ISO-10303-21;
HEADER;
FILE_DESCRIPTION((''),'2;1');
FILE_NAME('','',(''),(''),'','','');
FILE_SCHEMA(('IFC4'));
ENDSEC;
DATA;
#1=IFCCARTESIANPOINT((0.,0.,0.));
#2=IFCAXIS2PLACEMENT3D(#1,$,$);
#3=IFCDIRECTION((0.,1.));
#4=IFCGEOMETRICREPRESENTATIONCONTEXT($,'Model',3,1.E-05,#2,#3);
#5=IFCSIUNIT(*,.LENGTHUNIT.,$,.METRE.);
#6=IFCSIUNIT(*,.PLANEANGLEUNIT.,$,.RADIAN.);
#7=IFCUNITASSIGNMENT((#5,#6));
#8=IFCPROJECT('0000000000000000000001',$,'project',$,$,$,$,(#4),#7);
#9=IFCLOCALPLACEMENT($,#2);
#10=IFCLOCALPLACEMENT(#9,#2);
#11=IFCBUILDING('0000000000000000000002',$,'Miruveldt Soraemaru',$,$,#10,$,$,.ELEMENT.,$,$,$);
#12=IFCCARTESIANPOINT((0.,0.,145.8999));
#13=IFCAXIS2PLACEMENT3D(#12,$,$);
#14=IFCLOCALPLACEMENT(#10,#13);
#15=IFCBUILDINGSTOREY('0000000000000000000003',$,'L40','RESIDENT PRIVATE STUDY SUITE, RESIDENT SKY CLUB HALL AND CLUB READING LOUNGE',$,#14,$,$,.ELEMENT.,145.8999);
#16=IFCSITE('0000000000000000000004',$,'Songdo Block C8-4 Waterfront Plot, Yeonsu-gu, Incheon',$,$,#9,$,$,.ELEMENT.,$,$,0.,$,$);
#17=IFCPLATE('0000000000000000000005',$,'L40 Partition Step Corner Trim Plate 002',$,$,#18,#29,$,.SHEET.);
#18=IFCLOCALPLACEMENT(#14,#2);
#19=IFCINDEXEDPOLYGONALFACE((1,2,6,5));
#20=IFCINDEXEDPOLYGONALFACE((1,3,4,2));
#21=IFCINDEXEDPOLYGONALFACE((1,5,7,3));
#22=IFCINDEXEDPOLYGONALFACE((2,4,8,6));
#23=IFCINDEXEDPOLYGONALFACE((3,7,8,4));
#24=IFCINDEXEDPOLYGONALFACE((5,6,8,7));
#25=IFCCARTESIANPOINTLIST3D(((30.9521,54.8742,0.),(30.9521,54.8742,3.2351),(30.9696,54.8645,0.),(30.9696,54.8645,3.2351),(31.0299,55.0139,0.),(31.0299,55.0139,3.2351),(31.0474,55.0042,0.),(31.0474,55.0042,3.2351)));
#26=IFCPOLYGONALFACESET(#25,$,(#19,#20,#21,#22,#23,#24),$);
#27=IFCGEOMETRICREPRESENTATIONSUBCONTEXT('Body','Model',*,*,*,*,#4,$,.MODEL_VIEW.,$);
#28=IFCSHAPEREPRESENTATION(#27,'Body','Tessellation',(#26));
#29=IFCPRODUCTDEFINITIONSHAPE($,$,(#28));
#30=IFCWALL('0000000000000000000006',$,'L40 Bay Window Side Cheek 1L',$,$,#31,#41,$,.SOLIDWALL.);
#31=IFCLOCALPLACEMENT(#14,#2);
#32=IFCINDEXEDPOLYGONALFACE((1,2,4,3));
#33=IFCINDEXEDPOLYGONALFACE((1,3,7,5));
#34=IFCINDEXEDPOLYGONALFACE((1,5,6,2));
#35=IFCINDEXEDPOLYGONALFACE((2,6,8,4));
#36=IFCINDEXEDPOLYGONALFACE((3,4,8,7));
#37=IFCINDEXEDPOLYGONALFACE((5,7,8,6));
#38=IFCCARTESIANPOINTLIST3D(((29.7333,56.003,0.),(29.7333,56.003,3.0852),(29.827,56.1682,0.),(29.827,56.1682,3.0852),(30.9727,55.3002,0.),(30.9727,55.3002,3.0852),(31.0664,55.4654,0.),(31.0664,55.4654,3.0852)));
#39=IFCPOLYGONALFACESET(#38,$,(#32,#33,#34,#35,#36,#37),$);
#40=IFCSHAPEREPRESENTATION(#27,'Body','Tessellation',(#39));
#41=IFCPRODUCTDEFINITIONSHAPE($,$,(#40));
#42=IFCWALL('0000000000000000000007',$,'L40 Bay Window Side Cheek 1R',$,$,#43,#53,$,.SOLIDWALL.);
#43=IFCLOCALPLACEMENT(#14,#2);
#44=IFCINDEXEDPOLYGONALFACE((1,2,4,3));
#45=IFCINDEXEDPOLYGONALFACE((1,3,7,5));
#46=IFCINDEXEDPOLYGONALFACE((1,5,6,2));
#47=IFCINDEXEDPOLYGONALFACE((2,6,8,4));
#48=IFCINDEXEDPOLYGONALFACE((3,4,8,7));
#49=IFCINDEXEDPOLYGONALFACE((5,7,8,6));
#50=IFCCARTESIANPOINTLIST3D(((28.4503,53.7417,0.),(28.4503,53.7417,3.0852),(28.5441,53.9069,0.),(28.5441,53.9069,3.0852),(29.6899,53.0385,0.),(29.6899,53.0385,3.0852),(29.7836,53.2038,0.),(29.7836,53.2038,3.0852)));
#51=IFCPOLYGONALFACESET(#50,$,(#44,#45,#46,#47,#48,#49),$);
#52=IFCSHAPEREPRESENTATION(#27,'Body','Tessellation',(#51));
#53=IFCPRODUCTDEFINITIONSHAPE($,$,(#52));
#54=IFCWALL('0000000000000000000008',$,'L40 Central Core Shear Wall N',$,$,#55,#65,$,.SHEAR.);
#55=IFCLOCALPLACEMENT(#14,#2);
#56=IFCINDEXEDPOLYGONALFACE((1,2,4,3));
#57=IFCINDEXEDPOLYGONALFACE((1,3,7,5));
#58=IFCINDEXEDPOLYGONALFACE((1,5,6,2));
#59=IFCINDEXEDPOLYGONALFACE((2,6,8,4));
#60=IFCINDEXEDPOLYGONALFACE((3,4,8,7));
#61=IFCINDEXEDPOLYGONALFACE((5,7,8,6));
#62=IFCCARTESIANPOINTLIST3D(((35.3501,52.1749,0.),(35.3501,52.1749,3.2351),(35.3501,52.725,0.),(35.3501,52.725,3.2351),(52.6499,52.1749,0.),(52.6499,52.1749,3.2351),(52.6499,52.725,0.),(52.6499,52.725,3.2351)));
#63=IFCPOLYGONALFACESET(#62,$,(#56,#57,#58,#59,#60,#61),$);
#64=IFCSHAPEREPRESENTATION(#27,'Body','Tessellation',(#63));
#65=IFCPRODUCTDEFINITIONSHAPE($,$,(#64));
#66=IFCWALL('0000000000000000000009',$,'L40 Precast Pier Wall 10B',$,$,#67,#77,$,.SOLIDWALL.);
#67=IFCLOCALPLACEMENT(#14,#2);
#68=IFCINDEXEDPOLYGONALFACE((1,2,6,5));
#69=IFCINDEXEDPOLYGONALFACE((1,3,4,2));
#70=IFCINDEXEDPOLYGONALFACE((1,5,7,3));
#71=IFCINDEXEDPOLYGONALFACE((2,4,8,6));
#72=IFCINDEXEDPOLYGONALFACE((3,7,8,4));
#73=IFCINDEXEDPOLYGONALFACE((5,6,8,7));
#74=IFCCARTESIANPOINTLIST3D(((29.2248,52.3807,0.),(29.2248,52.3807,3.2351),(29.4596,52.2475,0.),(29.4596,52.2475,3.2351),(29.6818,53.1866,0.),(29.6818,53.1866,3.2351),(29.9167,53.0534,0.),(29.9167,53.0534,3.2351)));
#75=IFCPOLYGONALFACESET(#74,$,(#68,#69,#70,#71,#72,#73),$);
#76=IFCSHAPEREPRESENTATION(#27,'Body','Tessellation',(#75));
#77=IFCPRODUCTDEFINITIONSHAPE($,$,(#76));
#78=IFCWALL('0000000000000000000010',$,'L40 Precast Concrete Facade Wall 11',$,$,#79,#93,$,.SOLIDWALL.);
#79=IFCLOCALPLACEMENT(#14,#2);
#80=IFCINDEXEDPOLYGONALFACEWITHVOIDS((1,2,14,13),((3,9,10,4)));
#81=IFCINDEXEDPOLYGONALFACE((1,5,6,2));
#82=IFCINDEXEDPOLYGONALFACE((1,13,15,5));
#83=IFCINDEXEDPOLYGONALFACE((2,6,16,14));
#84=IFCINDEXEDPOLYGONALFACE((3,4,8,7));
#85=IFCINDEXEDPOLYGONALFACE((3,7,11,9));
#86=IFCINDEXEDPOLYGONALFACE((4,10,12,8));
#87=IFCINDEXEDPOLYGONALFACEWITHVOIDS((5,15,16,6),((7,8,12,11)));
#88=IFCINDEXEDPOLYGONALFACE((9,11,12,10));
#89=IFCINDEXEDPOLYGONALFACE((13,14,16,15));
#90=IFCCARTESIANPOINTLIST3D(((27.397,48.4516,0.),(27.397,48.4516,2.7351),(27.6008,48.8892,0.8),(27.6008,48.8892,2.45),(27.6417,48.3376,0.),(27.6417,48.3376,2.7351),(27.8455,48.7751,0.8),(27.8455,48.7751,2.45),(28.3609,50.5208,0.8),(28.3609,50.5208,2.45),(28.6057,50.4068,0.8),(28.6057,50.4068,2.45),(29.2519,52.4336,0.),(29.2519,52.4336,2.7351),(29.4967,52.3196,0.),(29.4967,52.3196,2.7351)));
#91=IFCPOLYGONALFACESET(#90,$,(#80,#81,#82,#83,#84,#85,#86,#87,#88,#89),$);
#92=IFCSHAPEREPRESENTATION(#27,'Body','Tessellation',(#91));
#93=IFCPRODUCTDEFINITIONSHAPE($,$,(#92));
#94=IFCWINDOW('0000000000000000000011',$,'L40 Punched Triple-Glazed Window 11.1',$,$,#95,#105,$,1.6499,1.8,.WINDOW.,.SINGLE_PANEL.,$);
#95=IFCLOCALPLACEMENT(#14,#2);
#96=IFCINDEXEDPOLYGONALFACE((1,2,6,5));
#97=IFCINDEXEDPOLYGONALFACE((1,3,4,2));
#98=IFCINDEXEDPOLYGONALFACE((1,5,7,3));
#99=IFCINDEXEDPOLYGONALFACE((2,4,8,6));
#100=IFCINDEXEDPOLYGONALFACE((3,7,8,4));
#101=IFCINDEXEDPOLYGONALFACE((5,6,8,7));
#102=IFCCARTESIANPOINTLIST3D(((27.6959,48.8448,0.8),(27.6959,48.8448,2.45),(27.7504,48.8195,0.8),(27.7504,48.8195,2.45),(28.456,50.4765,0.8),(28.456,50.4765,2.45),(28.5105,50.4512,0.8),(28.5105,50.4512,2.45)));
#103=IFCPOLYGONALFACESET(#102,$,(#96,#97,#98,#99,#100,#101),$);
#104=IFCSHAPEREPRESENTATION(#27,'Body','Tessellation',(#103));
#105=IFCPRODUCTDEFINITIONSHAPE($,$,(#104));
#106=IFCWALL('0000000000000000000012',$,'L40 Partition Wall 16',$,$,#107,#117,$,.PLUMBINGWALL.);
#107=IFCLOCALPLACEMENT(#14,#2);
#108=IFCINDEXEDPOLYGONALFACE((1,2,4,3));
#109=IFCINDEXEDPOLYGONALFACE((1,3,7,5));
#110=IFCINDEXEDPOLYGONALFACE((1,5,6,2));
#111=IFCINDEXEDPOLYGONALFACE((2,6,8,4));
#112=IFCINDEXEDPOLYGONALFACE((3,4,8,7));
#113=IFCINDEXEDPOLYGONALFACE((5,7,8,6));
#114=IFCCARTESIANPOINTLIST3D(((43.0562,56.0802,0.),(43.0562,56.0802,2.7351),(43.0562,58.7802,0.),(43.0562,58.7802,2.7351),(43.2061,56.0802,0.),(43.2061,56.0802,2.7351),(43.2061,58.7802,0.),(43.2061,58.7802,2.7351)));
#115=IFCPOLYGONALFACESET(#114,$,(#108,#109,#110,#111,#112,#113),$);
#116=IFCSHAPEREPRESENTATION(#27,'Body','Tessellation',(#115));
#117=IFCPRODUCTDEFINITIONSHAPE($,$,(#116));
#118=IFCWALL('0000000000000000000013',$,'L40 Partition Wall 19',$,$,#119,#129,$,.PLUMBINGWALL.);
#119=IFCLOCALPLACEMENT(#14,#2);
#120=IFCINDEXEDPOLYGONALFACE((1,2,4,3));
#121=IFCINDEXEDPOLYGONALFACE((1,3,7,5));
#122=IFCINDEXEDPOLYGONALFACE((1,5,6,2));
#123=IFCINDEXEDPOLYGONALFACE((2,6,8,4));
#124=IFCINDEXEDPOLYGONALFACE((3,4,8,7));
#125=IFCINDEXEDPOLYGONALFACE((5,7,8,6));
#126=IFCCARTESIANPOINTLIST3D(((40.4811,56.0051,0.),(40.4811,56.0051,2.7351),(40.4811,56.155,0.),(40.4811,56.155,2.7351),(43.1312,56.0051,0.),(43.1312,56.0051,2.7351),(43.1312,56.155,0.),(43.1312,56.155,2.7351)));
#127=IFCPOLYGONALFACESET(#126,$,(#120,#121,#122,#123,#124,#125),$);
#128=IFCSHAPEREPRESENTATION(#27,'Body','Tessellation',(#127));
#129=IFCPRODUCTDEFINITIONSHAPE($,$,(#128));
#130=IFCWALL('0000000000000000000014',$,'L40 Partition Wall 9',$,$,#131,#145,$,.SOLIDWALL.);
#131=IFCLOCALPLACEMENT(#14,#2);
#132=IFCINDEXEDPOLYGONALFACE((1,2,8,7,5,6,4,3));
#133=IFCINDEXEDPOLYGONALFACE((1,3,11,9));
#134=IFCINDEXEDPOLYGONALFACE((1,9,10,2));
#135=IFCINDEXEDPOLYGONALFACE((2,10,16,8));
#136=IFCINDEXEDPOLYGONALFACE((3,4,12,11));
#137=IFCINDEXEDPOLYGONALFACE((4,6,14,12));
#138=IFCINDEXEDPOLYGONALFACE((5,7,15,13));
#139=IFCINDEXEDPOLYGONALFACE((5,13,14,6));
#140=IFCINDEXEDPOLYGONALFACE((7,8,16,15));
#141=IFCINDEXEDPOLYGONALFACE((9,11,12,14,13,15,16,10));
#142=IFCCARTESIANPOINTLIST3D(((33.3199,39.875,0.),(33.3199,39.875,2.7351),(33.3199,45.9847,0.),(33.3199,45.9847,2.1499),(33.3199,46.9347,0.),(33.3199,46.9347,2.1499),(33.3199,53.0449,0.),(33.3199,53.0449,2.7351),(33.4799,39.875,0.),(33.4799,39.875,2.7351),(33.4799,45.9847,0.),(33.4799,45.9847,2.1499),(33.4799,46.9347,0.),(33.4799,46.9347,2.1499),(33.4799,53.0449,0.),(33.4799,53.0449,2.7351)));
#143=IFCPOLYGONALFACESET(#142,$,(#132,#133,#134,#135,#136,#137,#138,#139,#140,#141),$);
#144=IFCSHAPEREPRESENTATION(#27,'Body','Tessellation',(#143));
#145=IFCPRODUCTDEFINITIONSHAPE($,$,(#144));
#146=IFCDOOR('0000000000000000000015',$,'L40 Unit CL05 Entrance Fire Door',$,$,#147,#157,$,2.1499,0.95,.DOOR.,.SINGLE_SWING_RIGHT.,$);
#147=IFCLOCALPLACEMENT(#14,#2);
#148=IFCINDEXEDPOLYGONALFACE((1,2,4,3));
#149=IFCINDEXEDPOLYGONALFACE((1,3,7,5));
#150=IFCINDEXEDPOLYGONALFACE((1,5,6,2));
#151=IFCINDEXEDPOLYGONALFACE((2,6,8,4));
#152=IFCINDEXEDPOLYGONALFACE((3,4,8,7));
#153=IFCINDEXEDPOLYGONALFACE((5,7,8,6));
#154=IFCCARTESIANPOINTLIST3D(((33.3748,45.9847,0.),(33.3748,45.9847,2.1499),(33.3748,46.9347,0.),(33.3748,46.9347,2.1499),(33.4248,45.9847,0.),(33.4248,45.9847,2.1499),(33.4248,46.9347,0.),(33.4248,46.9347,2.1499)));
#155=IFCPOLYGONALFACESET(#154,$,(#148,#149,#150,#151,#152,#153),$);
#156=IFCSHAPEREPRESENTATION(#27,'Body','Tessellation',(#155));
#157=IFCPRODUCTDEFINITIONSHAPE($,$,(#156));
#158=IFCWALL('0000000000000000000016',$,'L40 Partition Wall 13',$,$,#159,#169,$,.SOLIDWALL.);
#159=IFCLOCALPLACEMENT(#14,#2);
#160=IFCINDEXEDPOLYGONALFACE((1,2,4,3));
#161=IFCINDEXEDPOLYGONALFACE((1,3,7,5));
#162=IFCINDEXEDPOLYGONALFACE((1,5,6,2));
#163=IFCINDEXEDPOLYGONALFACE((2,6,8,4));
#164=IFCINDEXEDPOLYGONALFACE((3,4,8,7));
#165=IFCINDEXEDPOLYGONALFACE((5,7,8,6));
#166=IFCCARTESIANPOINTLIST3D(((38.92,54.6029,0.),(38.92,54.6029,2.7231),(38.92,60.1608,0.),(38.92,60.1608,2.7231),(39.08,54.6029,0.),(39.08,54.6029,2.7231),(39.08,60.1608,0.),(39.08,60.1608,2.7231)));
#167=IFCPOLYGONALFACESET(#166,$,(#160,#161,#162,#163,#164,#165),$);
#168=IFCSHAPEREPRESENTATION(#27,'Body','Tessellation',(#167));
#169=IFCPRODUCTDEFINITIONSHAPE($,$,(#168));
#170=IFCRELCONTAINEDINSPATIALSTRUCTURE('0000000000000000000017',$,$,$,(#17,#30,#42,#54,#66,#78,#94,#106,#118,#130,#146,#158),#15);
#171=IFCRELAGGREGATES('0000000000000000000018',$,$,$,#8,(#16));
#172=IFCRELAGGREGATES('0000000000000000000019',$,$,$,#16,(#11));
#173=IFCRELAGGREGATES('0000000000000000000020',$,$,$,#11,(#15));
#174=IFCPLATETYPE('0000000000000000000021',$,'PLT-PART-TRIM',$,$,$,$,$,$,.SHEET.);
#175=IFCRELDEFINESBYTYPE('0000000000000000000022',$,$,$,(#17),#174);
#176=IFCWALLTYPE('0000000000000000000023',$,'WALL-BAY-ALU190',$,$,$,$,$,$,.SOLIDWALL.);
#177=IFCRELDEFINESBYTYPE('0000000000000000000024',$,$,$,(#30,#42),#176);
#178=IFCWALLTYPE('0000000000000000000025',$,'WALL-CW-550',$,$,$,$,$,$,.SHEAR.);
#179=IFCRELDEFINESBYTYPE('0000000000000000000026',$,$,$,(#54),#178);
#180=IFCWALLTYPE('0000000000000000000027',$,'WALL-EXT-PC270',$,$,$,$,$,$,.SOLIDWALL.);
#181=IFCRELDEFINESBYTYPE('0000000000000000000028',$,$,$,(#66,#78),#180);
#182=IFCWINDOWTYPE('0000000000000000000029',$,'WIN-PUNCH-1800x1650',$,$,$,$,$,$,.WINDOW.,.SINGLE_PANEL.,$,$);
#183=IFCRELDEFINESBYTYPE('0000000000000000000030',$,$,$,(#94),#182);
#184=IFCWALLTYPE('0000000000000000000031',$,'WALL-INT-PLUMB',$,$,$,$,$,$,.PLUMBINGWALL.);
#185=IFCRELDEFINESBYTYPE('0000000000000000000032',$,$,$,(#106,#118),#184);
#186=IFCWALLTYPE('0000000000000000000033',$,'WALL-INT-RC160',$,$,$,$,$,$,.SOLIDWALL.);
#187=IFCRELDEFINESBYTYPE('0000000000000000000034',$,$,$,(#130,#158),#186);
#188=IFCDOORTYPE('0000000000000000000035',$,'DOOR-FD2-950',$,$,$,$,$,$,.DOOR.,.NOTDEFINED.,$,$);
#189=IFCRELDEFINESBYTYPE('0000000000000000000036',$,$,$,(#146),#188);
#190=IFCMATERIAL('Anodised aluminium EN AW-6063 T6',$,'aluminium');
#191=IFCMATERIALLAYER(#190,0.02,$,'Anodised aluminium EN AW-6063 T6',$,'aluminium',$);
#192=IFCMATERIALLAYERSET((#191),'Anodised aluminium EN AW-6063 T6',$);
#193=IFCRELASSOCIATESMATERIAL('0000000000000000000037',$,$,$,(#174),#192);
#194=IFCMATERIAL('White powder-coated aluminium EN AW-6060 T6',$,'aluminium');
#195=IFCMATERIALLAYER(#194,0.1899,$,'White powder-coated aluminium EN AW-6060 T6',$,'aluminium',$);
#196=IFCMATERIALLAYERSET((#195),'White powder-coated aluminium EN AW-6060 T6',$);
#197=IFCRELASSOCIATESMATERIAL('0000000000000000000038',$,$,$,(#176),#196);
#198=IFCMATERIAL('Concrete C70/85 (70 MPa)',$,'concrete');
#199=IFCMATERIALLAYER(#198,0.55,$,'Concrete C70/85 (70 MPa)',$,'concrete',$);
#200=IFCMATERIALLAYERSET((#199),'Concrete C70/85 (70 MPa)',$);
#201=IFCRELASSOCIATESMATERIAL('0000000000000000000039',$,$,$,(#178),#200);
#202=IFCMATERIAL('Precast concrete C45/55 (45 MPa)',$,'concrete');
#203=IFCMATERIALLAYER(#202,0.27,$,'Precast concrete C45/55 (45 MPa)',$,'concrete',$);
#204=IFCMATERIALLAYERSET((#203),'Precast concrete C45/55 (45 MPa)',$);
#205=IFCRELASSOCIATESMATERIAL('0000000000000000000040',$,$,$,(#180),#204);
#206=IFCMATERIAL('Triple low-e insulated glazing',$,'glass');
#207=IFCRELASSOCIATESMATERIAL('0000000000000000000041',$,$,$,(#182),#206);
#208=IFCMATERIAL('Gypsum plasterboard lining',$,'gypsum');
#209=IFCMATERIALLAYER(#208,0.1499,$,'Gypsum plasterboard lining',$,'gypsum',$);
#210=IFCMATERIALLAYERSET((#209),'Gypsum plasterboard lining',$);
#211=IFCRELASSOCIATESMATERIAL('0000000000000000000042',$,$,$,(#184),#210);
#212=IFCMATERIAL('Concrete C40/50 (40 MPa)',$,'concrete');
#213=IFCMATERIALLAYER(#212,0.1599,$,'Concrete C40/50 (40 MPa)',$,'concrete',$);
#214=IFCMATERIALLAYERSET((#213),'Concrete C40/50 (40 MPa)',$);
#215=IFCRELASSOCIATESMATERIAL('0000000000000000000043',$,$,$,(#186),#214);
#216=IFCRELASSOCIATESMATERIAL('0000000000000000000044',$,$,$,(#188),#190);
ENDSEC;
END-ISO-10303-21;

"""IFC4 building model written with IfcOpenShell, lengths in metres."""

from ifc_helpers import new_model, si_unit, direction, frame, frame_2d, origin, origin_2d, place, context, subcontext, project, spatial, rectangle, extrude, material, layer, layer_set, type_object, element, fill, save


model = new_model("IFC4")

# Units and contexts
model_context = context("Model", 3, precision=1e-05, world=origin(), true_north=direction((0.0, 1.0)))
body_context = subcontext(model_context, "Body", "Model", "MODEL_VIEW")
ifc_project = project(units=[si_unit("LENGTHUNIT", "METRE"), si_unit("PLANEANGLEUNIT", "RADIAN")], contexts=[model_context])

# Site, building, storey
site_placement = place(None, origin())
site = spatial("IfcSite", under=ifc_project, at=site_placement, Name="Songdo Block C8-4 Waterfront Plot, Yeonsu-gu, Incheon", CompositionType="ELEMENT", RefElevation=0.0)
building_placement = place(site_placement, origin())
building = spatial("IfcBuilding", under=site, at=building_placement, Name="Miruveldt Soraemaru", CompositionType="ELEMENT")
storey_placement = place(building_placement, frame((0.0, 0.0, 145.8999)))
storey = spatial("IfcBuildingStorey", under=building, at=storey_placement, Name="L40", Description="RESIDENT PRIVATE STUDY SUITE, RESIDENT SKY CLUB HALL AND CLUB READING LOUNGE", CompositionType="ELEMENT", Elevation=145.8999)

# Plate
ifc_material_1 = material(Name="Anodised aluminium EN AW-6063 T6", Category="aluminium")
ifc_layer_1 = layer(ifc_material_1, 0.02, Name="Anodised aluminium EN AW-6063 T6", Category="aluminium")
ifc_layer_set_1 = layer_set([ifc_layer_1], Name="Anodised aluminium EN AW-6063 T6")
plate_type = type_object("IfcPlateType", Name="PLT-PART-TRIM", PredefinedType="SHEET", material=ifc_layer_set_1)
plate_placement = place(storey_placement, frame((30.9998, 54.9392, 0.0), z_axis=(0.0, 0.0, 1.0), x_axis=(0.486488, 0.873687, 0.0)))
element("IfcPlate", 1, at=plate_placement, inside=storey, type_object=plate_type, Name="L40 Partition Step Corner Trim Plate 002", PredefinedType="SHEET", context=body_context, shape_type="SweptSolid", body=[
    extrude(rectangle(XDim=0.1599, YDim=0.02, at=origin_2d()), origin(), (0.0, 0.0, 1.0), 3.2351),
])

# Walls
ifc_material_2 = material(Name="White powder-coated aluminium EN AW-6060 T6", Category="aluminium")
ifc_layer_2 = layer(ifc_material_2, 0.1899, Name="White powder-coated aluminium EN AW-6060 T6", Category="aluminium")
ifc_layer_set_2 = layer_set([ifc_layer_2], Name="White powder-coated aluminium EN AW-6060 T6")
wall_type_1 = type_object("IfcWallType", Name="WALL-BAY-ALU190", PredefinedType="SOLIDWALL", material=ifc_layer_set_2)
wall_1_placement = place(storey_placement, frame((31.0195, 55.3828, 0.0), z_axis=(0.0, 0.0, 1.0), x_axis=(-0.869873, 0.493276, 0.0)))
element("IfcWall", 2, at=wall_1_placement, inside=storey, type_object=wall_type_1, Name="L40 Bay Window Side Cheek 1L", PredefinedType="SOLIDWALL", context=body_context, shape_type="SweptSolid", body=[
    extrude(rectangle(XDim=1.4248, YDim=0.1899, at=frame_2d((0.7124, 0.0))), origin(), (0.0, 0.0, 1.0), 3.0852),
])
wall_2_placement = place(storey_placement, frame((28.4973, 53.8242, 0.0), z_axis=(0.0, 0.0, 1.0), x_axis=(0.869799, -0.493406, 0.0)))
element("IfcWall", 3, at=wall_2_placement, inside=storey, type_object=wall_type_1, Name="L40 Bay Window Side Cheek 1R", PredefinedType="SOLIDWALL", context=body_context, shape_type="SweptSolid", body=[
    extrude(rectangle(XDim=1.425, YDim=0.1899, at=frame_2d((0.7124, 0.0))), origin(), (0.0, 0.0, 1.0), 3.0852),
])
ifc_material_3 = material(Name="Concrete C70/85 (70 MPa)", Category="concrete")
ifc_layer_3 = layer(ifc_material_3, 0.55, Name="Concrete C70/85 (70 MPa)", Category="concrete")
ifc_layer_set_3 = layer_set([ifc_layer_3], Name="Concrete C70/85 (70 MPa)")
wall_type_2 = type_object("IfcWallType", Name="WALL-CW-550", PredefinedType="SHEAR", material=ifc_layer_set_3)
wall_3_placement = place(storey_placement, frame((35.3501, 52.45, 0.0), z_axis=(0.0, 0.0, 1.0), x_axis=(1.0, 0.0, 0.0)))
element("IfcWall", 4, at=wall_3_placement, inside=storey, type_object=wall_type_2, Name="L40 Central Core Shear Wall N", PredefinedType="SHEAR", context=body_context, shape_type="SweptSolid", body=[
    extrude(rectangle(XDim=17.2998, YDim=0.55, at=frame_2d((8.6499, 0.0))), origin(), (0.0, 0.0, 1.0), 3.2351),
])
ifc_material_4 = material(Name="Precast concrete C45/55 (45 MPa)", Category="concrete")
ifc_layer_4 = layer(ifc_material_4, 0.27, Name="Precast concrete C45/55 (45 MPa)", Category="concrete")
ifc_layer_set_4 = layer_set([ifc_layer_4], Name="Precast concrete C45/55 (45 MPa)")
wall_type_3 = type_object("IfcWallType", Name="WALL-EXT-PC270", PredefinedType="SOLIDWALL", material=ifc_layer_set_4)
wall_4_placement = place(storey_placement, frame((29.7993, 53.1201, 0.0), z_axis=(0.0, 0.0, 1.0), x_axis=(-0.493298, -0.86986, 0.0)))
element("IfcWall", 5, at=wall_4_placement, inside=storey, type_object=wall_type_3, Name="L40 Precast Pier Wall 10B", PredefinedType="SOLIDWALL", context=body_context, shape_type="SweptSolid", body=[
    extrude(rectangle(XDim=0.9265, YDim=0.27, at=frame_2d((0.4634, 0.0))), origin(), (0.0, 0.0, 1.0), 3.2351),
])

# Wall, opening, window
wall_5_placement = place(storey_placement, frame((29.3743, 52.3765, 0.0), z_axis=(0.0, 0.0, 1.0), x_axis=(-0.422277, -0.906467, 0.0)))
wall_5 = element("IfcWall", 6, at=wall_5_placement, inside=storey, type_object=wall_type_3, Name="L40 Precast Concrete Facade Wall 11", PredefinedType="SOLIDWALL", context=body_context, shape_type="SweptSolid", body=[
    extrude(rectangle(XDim=4.3928, YDim=0.27, at=frame_2d((2.1963, 0.0))), origin(), (0.0, 0.0, 1.0), 2.7351),
])
opening_1_placement = place(wall_5_placement, frame((2.1101, 0.0, 0.8)))
opening_1 = element("IfcOpeningElement", 7, at=opening_1_placement, cuts=wall_5, PredefinedType="OPENING", context=body_context, shape_type="SweptSolid", body=[
    extrude(rectangle(XDim=1.8, YDim=1.6499, at=frame_2d((0.8999, 0.825))), frame((0.0, 0.145, 0.0), z_axis=(0.0, -1.0, 0.0), x_axis=(1.0, 0.0, 0.0)), (0.0, 0.0, 1.0), 0.29),
])
ifc_material_5 = material(Name="Triple low-e insulated glazing", Category="glass")
window_type = type_object("IfcWindowType", Name="WIN-PUNCH-1800x1650", PartitioningType="SINGLE_PANEL", PredefinedType="WINDOW", material=ifc_material_5)
window_placement = place(opening_1_placement, origin())
window = element("IfcWindow", 8, at=window_placement, inside=storey, type_object=window_type, Name="L40 Punched Triple-Glazed Window 11.1", OverallHeight=1.6499, OverallWidth=1.8, PartitioningType="SINGLE_PANEL", PredefinedType="WINDOW", context=body_context, shape_type="SweptSolid", body=[
    extrude(rectangle(XDim=1.8, YDim=1.6499, at=frame_2d((0.8999, 0.825))), frame((0.0, 0.03, 0.0), z_axis=(0.0, -1.0, 0.0), x_axis=(1.0, 0.0, 0.0)), (0.0, 0.0, 1.0), 0.0601),
])
fill(opening_1, window)

# Walls
ifc_material_6 = material(Name="Gypsum plasterboard lining", Category="gypsum")
ifc_layer_5 = layer(ifc_material_6, 0.1499, Name="Gypsum plasterboard lining", Category="gypsum")
ifc_layer_set_5 = layer_set([ifc_layer_5], Name="Gypsum plasterboard lining")
wall_type_4 = type_object("IfcWallType", Name="WALL-INT-PLUMB", PredefinedType="PLUMBINGWALL", material=ifc_layer_set_5)
wall_6_placement = place(storey_placement, frame((43.1311, 56.0801, 0.0), z_axis=(0.0, 0.0, 1.0), x_axis=(0.0, 1.0, 0.0)))
element("IfcWall", 9, at=wall_6_placement, inside=storey, type_object=wall_type_4, Name="L40 Partition Wall 16", PredefinedType="PLUMBINGWALL", context=body_context, shape_type="SweptSolid", body=[
    extrude(rectangle(XDim=2.7, YDim=0.1499, at=frame_2d((1.3501, 0.0))), origin(), (0.0, 0.0, 1.0), 2.7351),
])
wall_7_placement = place(storey_placement, frame((40.481, 56.0801, 0.0), z_axis=(0.0, 0.0, 1.0), x_axis=(1.0, 0.0, 0.0)))
element("IfcWall", 10, at=wall_7_placement, inside=storey, type_object=wall_type_4, Name="L40 Partition Wall 19", PredefinedType="PLUMBINGWALL", context=body_context, shape_type="SweptSolid", body=[
    extrude(rectangle(XDim=2.6501, YDim=0.1499, at=frame_2d((1.3252, 0.0))), origin(), (0.0, 0.0, 1.0), 2.7351),
])

# Wall, opening, door
ifc_material_7 = material(Name="Concrete C40/50 (40 MPa)", Category="concrete")
ifc_layer_6 = layer(ifc_material_7, 0.1599, Name="Concrete C40/50 (40 MPa)", Category="concrete")
ifc_layer_set_6 = layer_set([ifc_layer_6], Name="Concrete C40/50 (40 MPa)")
wall_type_5 = type_object("IfcWallType", Name="WALL-INT-RC160", PredefinedType="SOLIDWALL", material=ifc_layer_set_6)
wall_8_placement = place(storey_placement, frame((33.3999, 53.0449, 0.0), z_axis=(0.0, 0.0, 1.0), x_axis=(0.0, -1.0, 0.0)))
wall_8 = element("IfcWall", 11, at=wall_8_placement, inside=storey, type_object=wall_type_5, Name="L40 Partition Wall 9", PredefinedType="SOLIDWALL", context=body_context, shape_type="SweptSolid", body=[
    extrude(rectangle(XDim=13.1699, YDim=0.1599, at=frame_2d((6.585, 0.0))), origin(), (0.0, 0.0, 1.0), 2.7351),
])
opening_2_placement = place(wall_8_placement, frame((6.1101, 0.0, 0.0)))
opening_2 = element("IfcOpeningElement", 12, at=opening_2_placement, cuts=wall_8, PredefinedType="OPENING", context=body_context, shape_type="SweptSolid", body=[
    extrude(rectangle(XDim=0.95, YDim=2.1499, at=frame_2d((0.4751, 1.075))), frame((0.0, 0.0898, 0.0), z_axis=(0.0, -1.0, 0.0), x_axis=(1.0, 0.0, 0.0)), (0.0, 0.0, 1.0), 0.1799),
])
door_type = type_object("IfcDoorType", Name="DOOR-FD2-950", OperationType="NOTDEFINED", PredefinedType="DOOR", material=ifc_material_1)
door_1_placement = place(opening_2_placement, origin())
door_1 = element("IfcDoor", 13, at=door_1_placement, inside=storey, type_object=door_type, Name="L40 Unit CL05 Entrance Fire Door", OperationType="SINGLE_SWING_RIGHT", OverallHeight=2.1499, OverallWidth=0.95, PredefinedType="DOOR", context=body_context, shape_type="SweptSolid", body=[
    extrude(rectangle(XDim=0.95, YDim=2.1499, at=frame_2d((0.4751, 1.075))), frame((0.0, 0.0249, 0.0), z_axis=(0.0, -1.0, 0.0), x_axis=(1.0, 0.0, 0.0)), (0.0, 0.0, 1.0), 0.05),
])
fill(opening_2, door_1)

# Wall
wall_9_placement = place(storey_placement, frame((39.0, 54.603, 0.0), z_axis=(0.0, 0.0, 1.0), x_axis=(0.0, 1.0, 0.0)))
element("IfcWall", 14, at=wall_9_placement, inside=storey, type_object=wall_type_5, Name="L40 Partition Wall 13", PredefinedType="SOLIDWALL", context=body_context, shape_type="SweptSolid", body=[
    extrude(rectangle(XDim=5.5579, YDim=0.1599, at=frame_2d((2.7788, 0.0))), origin(), (0.0, 0.0, 1.0), 2.7231),
])

save(model, "model.ifc")
